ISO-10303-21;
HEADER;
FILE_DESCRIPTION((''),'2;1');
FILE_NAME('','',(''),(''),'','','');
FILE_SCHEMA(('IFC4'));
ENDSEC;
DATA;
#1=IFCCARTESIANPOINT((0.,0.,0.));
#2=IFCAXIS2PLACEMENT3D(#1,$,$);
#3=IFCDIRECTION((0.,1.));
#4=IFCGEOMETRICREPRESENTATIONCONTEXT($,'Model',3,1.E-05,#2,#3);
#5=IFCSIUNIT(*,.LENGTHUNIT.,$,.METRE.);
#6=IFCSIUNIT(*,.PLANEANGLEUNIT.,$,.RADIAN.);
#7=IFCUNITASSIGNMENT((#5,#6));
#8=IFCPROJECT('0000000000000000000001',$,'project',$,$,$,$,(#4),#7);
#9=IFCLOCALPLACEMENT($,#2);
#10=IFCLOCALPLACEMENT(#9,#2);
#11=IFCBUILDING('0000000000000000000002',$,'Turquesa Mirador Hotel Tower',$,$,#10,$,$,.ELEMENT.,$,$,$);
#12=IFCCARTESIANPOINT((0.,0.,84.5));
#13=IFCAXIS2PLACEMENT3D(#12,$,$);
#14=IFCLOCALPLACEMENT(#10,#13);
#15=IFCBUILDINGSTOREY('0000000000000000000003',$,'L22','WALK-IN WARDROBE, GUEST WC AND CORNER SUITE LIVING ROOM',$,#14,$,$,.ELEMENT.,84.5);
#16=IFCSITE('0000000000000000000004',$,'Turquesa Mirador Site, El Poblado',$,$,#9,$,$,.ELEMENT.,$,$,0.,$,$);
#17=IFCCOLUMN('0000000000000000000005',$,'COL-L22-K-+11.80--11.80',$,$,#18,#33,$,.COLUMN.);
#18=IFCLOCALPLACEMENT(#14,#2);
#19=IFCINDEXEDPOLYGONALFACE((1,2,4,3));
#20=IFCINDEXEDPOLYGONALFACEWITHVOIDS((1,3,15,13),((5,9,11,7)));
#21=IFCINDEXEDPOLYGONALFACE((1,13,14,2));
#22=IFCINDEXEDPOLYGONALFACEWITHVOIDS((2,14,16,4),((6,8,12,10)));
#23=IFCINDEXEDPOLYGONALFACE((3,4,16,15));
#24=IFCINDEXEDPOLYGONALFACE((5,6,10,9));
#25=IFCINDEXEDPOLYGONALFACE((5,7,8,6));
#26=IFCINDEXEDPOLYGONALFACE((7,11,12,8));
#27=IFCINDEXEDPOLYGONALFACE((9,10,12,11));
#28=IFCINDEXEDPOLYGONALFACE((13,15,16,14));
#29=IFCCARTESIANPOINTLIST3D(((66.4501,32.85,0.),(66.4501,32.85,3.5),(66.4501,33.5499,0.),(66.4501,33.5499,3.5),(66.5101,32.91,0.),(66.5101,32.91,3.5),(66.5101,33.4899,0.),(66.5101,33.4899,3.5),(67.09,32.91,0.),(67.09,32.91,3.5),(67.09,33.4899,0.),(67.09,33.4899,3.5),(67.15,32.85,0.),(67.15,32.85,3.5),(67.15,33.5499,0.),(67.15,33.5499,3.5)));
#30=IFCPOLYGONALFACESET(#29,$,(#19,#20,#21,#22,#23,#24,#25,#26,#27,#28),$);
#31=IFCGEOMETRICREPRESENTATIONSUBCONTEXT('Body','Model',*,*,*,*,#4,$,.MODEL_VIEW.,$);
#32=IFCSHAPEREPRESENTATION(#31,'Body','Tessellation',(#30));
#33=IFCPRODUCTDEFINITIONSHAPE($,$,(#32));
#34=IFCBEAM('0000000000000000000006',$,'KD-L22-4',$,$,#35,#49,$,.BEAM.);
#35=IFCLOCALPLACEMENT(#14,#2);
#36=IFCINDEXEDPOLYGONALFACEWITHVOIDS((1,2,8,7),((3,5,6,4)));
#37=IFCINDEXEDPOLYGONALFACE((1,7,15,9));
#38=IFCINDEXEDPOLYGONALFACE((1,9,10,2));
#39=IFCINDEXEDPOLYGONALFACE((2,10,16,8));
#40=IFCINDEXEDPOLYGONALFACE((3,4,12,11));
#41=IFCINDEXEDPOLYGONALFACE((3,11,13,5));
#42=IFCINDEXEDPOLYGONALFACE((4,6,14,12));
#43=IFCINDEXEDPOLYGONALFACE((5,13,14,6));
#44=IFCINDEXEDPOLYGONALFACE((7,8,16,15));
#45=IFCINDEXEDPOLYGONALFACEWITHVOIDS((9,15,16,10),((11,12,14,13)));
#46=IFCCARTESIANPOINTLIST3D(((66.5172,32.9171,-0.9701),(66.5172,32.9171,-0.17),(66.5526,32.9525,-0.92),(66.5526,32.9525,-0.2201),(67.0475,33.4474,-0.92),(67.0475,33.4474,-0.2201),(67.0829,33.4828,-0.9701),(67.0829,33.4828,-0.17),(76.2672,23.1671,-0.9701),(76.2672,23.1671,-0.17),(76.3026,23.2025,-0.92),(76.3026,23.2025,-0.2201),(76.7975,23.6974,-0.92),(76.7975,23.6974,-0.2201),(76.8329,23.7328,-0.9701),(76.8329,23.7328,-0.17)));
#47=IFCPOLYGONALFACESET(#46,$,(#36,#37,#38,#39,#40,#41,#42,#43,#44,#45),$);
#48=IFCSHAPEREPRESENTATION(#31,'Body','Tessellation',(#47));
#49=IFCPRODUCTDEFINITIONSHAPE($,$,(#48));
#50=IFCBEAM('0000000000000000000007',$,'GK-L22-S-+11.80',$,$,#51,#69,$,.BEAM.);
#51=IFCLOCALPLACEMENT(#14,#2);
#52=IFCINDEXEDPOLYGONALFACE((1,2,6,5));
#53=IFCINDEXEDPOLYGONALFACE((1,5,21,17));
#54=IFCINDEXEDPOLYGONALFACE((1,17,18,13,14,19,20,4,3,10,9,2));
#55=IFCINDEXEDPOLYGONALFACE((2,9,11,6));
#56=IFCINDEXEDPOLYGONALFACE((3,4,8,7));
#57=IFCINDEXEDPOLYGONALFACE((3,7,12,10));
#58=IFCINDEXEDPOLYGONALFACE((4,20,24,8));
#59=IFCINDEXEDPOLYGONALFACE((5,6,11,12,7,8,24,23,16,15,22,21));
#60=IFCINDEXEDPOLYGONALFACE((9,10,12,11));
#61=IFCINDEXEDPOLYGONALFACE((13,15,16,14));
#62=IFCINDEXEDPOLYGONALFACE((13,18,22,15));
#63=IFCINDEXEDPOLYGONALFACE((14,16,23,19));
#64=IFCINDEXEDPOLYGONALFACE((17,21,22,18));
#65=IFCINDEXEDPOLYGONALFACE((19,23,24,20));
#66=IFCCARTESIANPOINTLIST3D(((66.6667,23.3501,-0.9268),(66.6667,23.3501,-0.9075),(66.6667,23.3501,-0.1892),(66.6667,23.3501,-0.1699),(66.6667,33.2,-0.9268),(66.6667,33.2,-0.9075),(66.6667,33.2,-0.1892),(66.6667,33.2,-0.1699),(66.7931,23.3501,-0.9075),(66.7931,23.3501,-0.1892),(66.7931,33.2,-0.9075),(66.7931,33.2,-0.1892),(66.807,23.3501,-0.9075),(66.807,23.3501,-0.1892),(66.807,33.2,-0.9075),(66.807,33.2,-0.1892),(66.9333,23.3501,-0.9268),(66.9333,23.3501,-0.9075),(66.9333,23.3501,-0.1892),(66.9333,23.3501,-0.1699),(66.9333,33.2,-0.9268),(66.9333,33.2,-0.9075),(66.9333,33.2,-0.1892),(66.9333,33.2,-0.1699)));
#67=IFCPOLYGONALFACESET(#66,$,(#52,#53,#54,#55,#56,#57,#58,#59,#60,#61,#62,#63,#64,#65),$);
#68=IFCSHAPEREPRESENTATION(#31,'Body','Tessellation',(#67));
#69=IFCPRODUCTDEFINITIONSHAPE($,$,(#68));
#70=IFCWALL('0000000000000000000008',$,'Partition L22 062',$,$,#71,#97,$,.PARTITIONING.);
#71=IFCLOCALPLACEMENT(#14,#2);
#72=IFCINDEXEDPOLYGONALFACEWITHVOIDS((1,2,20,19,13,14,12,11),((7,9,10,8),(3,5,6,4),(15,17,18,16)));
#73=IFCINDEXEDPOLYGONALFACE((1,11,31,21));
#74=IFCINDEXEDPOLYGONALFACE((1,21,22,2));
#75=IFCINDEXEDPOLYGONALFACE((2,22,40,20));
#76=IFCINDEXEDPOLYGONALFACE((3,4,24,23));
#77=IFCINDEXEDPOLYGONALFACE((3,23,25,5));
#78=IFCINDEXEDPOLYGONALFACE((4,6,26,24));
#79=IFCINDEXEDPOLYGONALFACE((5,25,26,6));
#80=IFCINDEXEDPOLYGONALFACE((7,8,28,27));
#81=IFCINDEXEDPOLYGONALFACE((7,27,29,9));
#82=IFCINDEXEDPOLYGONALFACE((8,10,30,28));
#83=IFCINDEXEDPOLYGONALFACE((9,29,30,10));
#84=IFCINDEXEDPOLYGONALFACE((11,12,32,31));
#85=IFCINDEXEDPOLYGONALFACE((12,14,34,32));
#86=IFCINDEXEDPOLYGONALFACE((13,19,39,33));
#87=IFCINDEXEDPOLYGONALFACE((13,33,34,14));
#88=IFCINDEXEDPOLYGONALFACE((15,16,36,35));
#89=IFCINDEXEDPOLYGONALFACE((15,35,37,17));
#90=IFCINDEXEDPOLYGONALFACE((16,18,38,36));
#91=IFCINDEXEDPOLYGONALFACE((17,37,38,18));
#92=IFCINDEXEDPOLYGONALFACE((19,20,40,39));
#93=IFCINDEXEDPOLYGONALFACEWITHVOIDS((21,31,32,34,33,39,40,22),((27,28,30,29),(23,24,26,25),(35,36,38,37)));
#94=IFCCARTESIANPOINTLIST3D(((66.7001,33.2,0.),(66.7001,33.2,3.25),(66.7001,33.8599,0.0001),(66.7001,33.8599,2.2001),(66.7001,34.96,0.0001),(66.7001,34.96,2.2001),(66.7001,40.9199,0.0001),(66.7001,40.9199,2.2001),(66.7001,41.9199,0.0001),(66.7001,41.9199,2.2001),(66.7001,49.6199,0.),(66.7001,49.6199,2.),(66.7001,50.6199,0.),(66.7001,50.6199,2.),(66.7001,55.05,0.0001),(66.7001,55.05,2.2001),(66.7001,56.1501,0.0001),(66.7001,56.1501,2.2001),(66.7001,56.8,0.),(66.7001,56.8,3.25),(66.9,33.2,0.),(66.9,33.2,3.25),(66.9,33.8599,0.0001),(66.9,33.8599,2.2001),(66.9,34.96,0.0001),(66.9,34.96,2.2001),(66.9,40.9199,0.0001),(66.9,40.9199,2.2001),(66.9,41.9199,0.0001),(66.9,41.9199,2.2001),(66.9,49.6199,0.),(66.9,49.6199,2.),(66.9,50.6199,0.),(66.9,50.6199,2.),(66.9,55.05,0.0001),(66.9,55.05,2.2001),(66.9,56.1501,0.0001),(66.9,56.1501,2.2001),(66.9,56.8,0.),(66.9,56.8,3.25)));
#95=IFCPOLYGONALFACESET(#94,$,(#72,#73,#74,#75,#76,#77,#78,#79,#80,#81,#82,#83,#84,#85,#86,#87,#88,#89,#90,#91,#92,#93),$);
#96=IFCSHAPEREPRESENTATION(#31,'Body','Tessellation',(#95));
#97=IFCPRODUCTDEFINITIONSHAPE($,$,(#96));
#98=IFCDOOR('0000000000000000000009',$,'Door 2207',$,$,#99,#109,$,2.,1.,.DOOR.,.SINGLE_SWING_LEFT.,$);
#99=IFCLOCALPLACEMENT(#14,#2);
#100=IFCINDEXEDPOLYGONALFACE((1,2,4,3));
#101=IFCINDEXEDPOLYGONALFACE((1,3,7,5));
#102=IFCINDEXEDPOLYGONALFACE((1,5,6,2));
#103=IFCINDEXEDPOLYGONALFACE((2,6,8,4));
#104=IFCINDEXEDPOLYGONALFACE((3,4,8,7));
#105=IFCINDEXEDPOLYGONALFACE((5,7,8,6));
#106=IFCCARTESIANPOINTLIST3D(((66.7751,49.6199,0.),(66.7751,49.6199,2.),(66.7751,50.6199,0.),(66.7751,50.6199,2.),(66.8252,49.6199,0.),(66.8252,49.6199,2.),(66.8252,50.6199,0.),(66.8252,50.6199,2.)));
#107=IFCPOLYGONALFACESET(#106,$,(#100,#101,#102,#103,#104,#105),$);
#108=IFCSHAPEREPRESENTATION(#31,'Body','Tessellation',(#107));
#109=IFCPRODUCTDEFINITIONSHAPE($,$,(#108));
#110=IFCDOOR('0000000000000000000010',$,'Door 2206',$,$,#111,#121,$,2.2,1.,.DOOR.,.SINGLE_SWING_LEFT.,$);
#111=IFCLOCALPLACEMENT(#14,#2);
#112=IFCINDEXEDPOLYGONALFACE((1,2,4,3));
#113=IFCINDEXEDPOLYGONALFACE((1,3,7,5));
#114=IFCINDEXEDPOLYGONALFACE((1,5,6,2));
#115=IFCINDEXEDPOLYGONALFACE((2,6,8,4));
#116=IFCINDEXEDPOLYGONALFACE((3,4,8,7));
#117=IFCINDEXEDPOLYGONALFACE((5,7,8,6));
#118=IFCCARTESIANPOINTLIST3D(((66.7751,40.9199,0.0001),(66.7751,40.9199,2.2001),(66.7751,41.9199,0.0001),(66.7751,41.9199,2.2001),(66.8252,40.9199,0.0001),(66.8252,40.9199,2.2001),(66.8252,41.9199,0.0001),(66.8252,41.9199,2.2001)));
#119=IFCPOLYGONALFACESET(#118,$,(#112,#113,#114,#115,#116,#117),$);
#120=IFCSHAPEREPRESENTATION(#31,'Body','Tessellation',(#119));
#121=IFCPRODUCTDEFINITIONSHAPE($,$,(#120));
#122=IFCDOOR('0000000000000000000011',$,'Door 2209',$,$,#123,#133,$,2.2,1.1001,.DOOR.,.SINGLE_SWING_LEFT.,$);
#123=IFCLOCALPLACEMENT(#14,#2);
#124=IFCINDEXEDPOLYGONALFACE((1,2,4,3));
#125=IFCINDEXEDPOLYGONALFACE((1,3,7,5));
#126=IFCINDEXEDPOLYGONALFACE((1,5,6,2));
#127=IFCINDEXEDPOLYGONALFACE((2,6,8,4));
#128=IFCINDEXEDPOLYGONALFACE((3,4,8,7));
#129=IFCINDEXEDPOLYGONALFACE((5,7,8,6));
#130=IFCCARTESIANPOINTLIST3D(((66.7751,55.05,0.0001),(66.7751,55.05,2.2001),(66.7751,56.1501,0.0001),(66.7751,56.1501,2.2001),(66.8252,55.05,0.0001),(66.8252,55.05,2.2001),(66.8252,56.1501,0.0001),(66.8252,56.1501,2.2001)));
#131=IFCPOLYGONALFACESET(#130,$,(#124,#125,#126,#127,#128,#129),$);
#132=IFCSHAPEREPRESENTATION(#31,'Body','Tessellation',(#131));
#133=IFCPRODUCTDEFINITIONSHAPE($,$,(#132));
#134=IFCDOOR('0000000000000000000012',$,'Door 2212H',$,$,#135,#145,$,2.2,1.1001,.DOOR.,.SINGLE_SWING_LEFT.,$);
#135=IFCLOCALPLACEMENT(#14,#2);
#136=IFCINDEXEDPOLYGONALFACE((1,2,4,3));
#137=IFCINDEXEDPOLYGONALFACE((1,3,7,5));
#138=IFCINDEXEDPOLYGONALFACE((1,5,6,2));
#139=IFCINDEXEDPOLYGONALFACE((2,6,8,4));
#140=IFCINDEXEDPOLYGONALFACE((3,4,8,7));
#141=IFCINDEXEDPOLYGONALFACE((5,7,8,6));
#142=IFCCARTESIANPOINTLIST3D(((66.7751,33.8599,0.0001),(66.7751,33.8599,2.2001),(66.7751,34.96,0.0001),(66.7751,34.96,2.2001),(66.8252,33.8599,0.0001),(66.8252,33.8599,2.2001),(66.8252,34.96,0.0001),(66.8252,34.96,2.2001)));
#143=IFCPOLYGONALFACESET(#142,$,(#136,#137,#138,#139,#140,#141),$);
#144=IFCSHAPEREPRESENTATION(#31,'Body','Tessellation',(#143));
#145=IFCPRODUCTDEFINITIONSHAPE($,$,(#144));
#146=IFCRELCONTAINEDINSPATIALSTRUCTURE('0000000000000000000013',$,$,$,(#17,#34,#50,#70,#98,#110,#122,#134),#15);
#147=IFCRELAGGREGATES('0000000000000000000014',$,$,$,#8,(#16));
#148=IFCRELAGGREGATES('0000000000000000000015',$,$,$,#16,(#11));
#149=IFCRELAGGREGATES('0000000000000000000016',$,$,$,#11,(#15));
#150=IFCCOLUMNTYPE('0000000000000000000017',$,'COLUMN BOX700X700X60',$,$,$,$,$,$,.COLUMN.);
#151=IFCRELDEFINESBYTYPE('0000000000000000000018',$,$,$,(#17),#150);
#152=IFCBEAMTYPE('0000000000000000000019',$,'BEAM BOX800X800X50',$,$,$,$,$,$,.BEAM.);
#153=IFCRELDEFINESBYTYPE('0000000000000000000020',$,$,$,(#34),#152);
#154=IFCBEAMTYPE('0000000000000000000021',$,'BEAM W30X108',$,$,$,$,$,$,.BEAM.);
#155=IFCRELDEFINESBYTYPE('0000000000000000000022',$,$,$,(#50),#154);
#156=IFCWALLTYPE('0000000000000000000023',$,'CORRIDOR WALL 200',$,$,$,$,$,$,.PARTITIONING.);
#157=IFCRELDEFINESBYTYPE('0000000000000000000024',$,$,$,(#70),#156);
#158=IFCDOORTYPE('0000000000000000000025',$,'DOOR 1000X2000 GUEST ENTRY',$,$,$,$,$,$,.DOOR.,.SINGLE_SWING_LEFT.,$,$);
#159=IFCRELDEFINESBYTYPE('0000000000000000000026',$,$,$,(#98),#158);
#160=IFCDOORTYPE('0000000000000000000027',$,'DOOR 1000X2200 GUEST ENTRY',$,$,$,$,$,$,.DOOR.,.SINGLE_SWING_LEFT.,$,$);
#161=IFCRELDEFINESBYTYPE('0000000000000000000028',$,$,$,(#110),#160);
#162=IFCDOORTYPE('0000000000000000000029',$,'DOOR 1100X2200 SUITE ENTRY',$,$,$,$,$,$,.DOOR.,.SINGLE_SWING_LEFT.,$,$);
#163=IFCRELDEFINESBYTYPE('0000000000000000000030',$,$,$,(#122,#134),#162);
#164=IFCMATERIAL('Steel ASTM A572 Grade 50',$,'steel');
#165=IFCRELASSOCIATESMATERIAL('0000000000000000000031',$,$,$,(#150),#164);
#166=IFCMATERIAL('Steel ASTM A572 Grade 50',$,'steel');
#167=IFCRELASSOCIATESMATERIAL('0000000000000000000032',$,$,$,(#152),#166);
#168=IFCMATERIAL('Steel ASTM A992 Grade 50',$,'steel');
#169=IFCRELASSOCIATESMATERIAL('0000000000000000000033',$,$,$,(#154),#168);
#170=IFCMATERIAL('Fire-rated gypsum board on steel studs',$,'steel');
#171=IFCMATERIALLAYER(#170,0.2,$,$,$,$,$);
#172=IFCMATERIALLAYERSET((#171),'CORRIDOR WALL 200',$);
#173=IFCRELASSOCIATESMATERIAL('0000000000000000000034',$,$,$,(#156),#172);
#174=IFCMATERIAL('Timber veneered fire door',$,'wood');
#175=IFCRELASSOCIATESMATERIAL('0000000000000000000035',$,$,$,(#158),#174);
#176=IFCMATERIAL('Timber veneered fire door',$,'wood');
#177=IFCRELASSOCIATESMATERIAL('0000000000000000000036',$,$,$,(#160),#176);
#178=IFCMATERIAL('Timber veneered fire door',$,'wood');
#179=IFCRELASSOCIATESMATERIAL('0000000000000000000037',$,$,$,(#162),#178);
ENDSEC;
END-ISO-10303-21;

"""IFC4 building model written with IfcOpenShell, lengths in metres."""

from ifc_helpers import new_model, si_unit, direction, frame, frame_2d, origin, origin_2d, place, context, subcontext, project, spatial, rectangle, hollow_rectangle, i_section, extrude, material, layer, layer_set, material_profile, profile_set, type_object, element, fill, save


model = new_model("IFC4")

# Units and contexts
model_context = context("Model", 3, precision=1e-05, world=origin(), true_north=direction((0.0, 1.0)))
body_context = subcontext(model_context, "Body", "Model", "MODEL_VIEW")
ifc_project = project(units=[si_unit("LENGTHUNIT", "METRE"), si_unit("PLANEANGLEUNIT", "RADIAN")], contexts=[model_context])

# Site, building, storey
site_placement = place(None, origin())
site = spatial("IfcSite", under=ifc_project, at=site_placement, Name="Turquesa Mirador Site, El Poblado", CompositionType="ELEMENT", RefElevation=0.0)
building_placement = place(site_placement, origin())
building = spatial("IfcBuilding", under=site, at=building_placement, Name="Turquesa Mirador Hotel Tower", CompositionType="ELEMENT")
storey_placement = place(building_placement, frame((0.0, 0.0, 84.5)))
storey = spatial("IfcBuildingStorey", under=building, at=storey_placement, Name="L22", Description="WALK-IN WARDROBE, GUEST WC AND CORNER SUITE LIVING ROOM", CompositionType="ELEMENT", Elevation=84.5)

# Column
ifc_material_1 = material(Name="Steel ASTM A572 Grade 50", Category="steel")
ifc_material_profile_1 = material_profile(ifc_material_1, hollow_rectangle(XDim=0.7, YDim=0.7, WallThickness=0.0601, at=origin_2d()), Name="BOX700X700X60")
ifc_profile_set_1 = profile_set([ifc_material_profile_1], Name="Steel ASTM A572 Grade 50")
column_type = type_object("IfcColumnType", Name="COLUMN BOX700X700X60", PredefinedType="COLUMN", material=ifc_profile_set_1)
column_placement = place(storey_placement, frame((66.8, 33.2, 0.0), z_axis=(0.0, 0.0, 1.0), x_axis=(1.0, 0.0, 0.0)))
element("IfcColumn", 1, at=column_placement, inside=storey, type_object=column_type, Name="COL-L22-K-+11.80--11.80", PredefinedType="COLUMN", context=body_context, shape_type="SweptSolid", body=[
    extrude(hollow_rectangle(XDim=0.7, YDim=0.7, WallThickness=0.0601, at=origin_2d()), origin(), (0.0, 0.0, 1.0), 3.5),
])

# Beams
ifc_material_2 = material(Name="Steel ASTM A572 Grade 50", Category="steel")
ifc_material_profile_2 = material_profile(ifc_material_2, hollow_rectangle(XDim=0.8, YDim=0.8, WallThickness=0.05, at=origin_2d()), Name="BOX800X800X50")
ifc_profile_set_2 = profile_set([ifc_material_profile_2], Name="Steel ASTM A572 Grade 50")
beam_type_1 = type_object("IfcBeamType", Name="BEAM BOX800X800X50", PredefinedType="BEAM", material=ifc_profile_set_2)
beam_1_placement = place(storey_placement, frame((66.8, 33.2, -0.5701), z_axis=(0.707107, -0.707107, 0.0), x_axis=(0.707107, 0.707107, 0.0)))
element("IfcBeam", 2, at=beam_1_placement, inside=storey, type_object=beam_type_1, Name="KD-L22-4", PredefinedType="BEAM", context=body_context, shape_type="SweptSolid", body=[
    extrude(hollow_rectangle(XDim=0.8, YDim=0.8, WallThickness=0.05, at=origin_2d()), origin(), (0.0, 0.0, 1.0), 13.7886),
])
ifc_material_3 = material(Name="Steel ASTM A992 Grade 50", Category="steel")
ifc_material_profile_3 = material_profile(ifc_material_3, i_section(OverallWidth=0.2666, OverallDepth=0.7568, WebThickness=0.0139, FlangeThickness=0.0193, at=origin_2d()), Name="W30X108")
ifc_profile_set_3 = profile_set([ifc_material_profile_3], Name="Steel ASTM A992 Grade 50")
beam_type_2 = type_object("IfcBeamType", Name="BEAM W30X108", PredefinedType="BEAM", material=ifc_profile_set_3)
beam_2_placement = place(storey_placement, frame((66.8, 23.3501, -0.5483), z_axis=(0.0, 1.0, 0.0), x_axis=(-1.0, 0.0, 0.0)))
element("IfcBeam", 3, at=beam_2_placement, inside=storey, type_object=beam_type_2, Name="GK-L22-S-+11.80", PredefinedType="BEAM", context=body_context, shape_type="SweptSolid", body=[
    extrude(i_section(OverallWidth=0.2666, OverallDepth=0.7568, WebThickness=0.0139, FlangeThickness=0.0193, at=origin_2d()), origin(), (0.0, 0.0, 1.0), 9.8499),
])

# Wall, openings, doors
ifc_material_4 = material(Name="Fire-rated gypsum board on steel studs", Category="steel")
ifc_layer_1 = layer(ifc_material_4, 0.2)
ifc_layer_set_1 = layer_set([ifc_layer_1], Name="CORRIDOR WALL 200")
wall_type_1 = type_object("IfcWallType", Name="CORRIDOR WALL 200", PredefinedType="PARTITIONING", material=ifc_layer_set_1)
wall_1_placement = place(storey_placement, frame((66.8, 33.2, 0.0), z_axis=(0.0, 0.0, 1.0), x_axis=(0.0, 1.0, 0.0)))
wall_1 = element("IfcWall", 4, at=wall_1_placement, inside=storey, type_object=wall_type_1, Name="Partition L22 062", PredefinedType="PARTITIONING", context=body_context, shape_type="SweptSolid", body=[
    extrude(rectangle(XDim=23.6001, YDim=0.2, at=frame_2d((11.8, 0.0))), origin(), (0.0, 0.0, 1.0), 3.25),
])
opening_1_placement = place(wall_1_placement, frame((7.72, 0.0, 0.0)))
opening_1 = element("IfcOpeningElement", 5, at=opening_1_placement, cuts=wall_1, PredefinedType="OPENING", context=body_context, shape_type="SweptSolid", body=[
    extrude(rectangle(XDim=1.0, YDim=2.2, at=frame_2d((0.5, 1.1001))), frame((0.0, 0.1099, 0.0), z_axis=(0.0, -1.0, 0.0), x_axis=(1.0, 0.0, 0.0)), (0.0, 0.0, 1.0), 0.22),
])
opening_2_placement = place(wall_1_placement, frame((16.4199, 0.0, 0.0)))
opening_2 = element("IfcOpeningElement", 6, at=opening_2_placement, cuts=wall_1, PredefinedType="OPENING", context=body_context, shape_type="SweptSolid", body=[
    extrude(rectangle(XDim=1.0, YDim=2.0, at=frame_2d((0.5, 1.0))), frame((0.0, 0.1099, 0.0), z_axis=(0.0, -1.0, 0.0), x_axis=(1.0, 0.0, 0.0)), (0.0, 0.0, 1.0), 0.22),
])
opening_3_placement = place(wall_1_placement, frame((21.8501, 0.0, 0.0)))
opening_3 = element("IfcOpeningElement", 7, at=opening_3_placement, cuts=wall_1, PredefinedType="OPENING", context=body_context, shape_type="SweptSolid", body=[
    extrude(rectangle(XDim=1.1001, YDim=2.2, at=frame_2d((0.55, 1.1001))), frame((0.0, 0.1099, 0.0), z_axis=(0.0, -1.0, 0.0), x_axis=(1.0, 0.0, 0.0)), (0.0, 0.0, 1.0), 0.22),
])
opening_4_placement = place(wall_1_placement, frame((0.6599, 0.0, 0.0)))
opening_4 = element("IfcOpeningElement", 8, at=opening_4_placement, cuts=wall_1, PredefinedType="OPENING", context=body_context, shape_type="SweptSolid", body=[
    extrude(rectangle(XDim=1.1001, YDim=2.2, at=frame_2d((0.55, 1.1001))), frame((0.0, 0.1099, 0.0), z_axis=(0.0, -1.0, 0.0), x_axis=(1.0, 0.0, 0.0)), (0.0, 0.0, 1.0), 0.22),
])
ifc_material_5 = material(Name="Timber veneered fire door", Category="wood")
door_type_1 = type_object("IfcDoorType", Name="DOOR 1000X2000 GUEST ENTRY", OperationType="SINGLE_SWING_LEFT", PredefinedType="DOOR", material=ifc_material_5)
door_1_placement = place(opening_2_placement, origin())
door_1 = element("IfcDoor", 9, at=door_1_placement, inside=storey, type_object=door_type_1, Name="Door 2207", OperationType="SINGLE_SWING_LEFT", OverallHeight=2.0, OverallWidth=1.0, PredefinedType="DOOR", context=body_context, shape_type="SweptSolid", body=[
    extrude(rectangle(XDim=1.0, YDim=2.0, at=frame_2d((0.5, 1.0))), frame((0.0, 0.0249, 0.0), z_axis=(0.0, -1.0, 0.0), x_axis=(1.0, 0.0, 0.0)), (0.0, 0.0, 1.0), 0.05),
])
fill(opening_2, door_1)
ifc_material_6 = material(Name="Timber veneered fire door", Category="wood")
door_type_2 = type_object("IfcDoorType", Name="DOOR 1000X2200 GUEST ENTRY", OperationType="SINGLE_SWING_LEFT", PredefinedType="DOOR", material=ifc_material_6)
door_2_placement = place(opening_1_placement, origin())
door_2 = element("IfcDoor", 10, at=door_2_placement, inside=storey, type_object=door_type_2, Name="Door 2206", OperationType="SINGLE_SWING_LEFT", OverallHeight=2.2, OverallWidth=1.0, PredefinedType="DOOR", context=body_context, shape_type="SweptSolid", body=[
    extrude(rectangle(XDim=1.0, YDim=2.2, at=frame_2d((0.5, 1.1001))), frame((0.0, 0.0249, 0.0), z_axis=(0.0, -1.0, 0.0), x_axis=(1.0, 0.0, 0.0)), (0.0, 0.0, 1.0), 0.05),
])
fill(opening_1, door_2)
ifc_material_7 = material(Name="Timber veneered fire door", Category="wood")
door_type_3 = type_object("IfcDoorType", Name="DOOR 1100X2200 SUITE ENTRY", OperationType="SINGLE_SWING_LEFT", PredefinedType="DOOR", material=ifc_material_7)
door_3_placement = place(opening_3_placement, origin())
door_3 = element("IfcDoor", 11, at=door_3_placement, inside=storey, type_object=door_type_3, Name="Door 2209", OperationType="SINGLE_SWING_LEFT", OverallHeight=2.2, OverallWidth=1.1001, PredefinedType="DOOR", context=body_context, shape_type="SweptSolid", body=[
    extrude(rectangle(XDim=1.1001, YDim=2.2, at=frame_2d((0.55, 1.1001))), frame((0.0, 0.0249, 0.0), z_axis=(0.0, -1.0, 0.0), x_axis=(1.0, 0.0, 0.0)), (0.0, 0.0, 1.0), 0.05),
])
fill(opening_3, door_3)
door_4_placement = place(opening_4_placement, origin())
door_4 = element("IfcDoor", 12, at=door_4_placement, inside=storey, type_object=door_type_3, Name="Door 2212H", OperationType="SINGLE_SWING_LEFT", OverallHeight=2.2, OverallWidth=1.1001, PredefinedType="DOOR", context=body_context, shape_type="SweptSolid", body=[
    extrude(rectangle(XDim=1.1001, YDim=2.2, at=frame_2d((0.55, 1.1001))), frame((0.0, 0.0249, 0.0), z_axis=(0.0, -1.0, 0.0), x_axis=(1.0, 0.0, 0.0)), (0.0, 0.0, 1.0), 0.05),
])
fill(opening_4, door_4)

save(model, "model.ifc")
